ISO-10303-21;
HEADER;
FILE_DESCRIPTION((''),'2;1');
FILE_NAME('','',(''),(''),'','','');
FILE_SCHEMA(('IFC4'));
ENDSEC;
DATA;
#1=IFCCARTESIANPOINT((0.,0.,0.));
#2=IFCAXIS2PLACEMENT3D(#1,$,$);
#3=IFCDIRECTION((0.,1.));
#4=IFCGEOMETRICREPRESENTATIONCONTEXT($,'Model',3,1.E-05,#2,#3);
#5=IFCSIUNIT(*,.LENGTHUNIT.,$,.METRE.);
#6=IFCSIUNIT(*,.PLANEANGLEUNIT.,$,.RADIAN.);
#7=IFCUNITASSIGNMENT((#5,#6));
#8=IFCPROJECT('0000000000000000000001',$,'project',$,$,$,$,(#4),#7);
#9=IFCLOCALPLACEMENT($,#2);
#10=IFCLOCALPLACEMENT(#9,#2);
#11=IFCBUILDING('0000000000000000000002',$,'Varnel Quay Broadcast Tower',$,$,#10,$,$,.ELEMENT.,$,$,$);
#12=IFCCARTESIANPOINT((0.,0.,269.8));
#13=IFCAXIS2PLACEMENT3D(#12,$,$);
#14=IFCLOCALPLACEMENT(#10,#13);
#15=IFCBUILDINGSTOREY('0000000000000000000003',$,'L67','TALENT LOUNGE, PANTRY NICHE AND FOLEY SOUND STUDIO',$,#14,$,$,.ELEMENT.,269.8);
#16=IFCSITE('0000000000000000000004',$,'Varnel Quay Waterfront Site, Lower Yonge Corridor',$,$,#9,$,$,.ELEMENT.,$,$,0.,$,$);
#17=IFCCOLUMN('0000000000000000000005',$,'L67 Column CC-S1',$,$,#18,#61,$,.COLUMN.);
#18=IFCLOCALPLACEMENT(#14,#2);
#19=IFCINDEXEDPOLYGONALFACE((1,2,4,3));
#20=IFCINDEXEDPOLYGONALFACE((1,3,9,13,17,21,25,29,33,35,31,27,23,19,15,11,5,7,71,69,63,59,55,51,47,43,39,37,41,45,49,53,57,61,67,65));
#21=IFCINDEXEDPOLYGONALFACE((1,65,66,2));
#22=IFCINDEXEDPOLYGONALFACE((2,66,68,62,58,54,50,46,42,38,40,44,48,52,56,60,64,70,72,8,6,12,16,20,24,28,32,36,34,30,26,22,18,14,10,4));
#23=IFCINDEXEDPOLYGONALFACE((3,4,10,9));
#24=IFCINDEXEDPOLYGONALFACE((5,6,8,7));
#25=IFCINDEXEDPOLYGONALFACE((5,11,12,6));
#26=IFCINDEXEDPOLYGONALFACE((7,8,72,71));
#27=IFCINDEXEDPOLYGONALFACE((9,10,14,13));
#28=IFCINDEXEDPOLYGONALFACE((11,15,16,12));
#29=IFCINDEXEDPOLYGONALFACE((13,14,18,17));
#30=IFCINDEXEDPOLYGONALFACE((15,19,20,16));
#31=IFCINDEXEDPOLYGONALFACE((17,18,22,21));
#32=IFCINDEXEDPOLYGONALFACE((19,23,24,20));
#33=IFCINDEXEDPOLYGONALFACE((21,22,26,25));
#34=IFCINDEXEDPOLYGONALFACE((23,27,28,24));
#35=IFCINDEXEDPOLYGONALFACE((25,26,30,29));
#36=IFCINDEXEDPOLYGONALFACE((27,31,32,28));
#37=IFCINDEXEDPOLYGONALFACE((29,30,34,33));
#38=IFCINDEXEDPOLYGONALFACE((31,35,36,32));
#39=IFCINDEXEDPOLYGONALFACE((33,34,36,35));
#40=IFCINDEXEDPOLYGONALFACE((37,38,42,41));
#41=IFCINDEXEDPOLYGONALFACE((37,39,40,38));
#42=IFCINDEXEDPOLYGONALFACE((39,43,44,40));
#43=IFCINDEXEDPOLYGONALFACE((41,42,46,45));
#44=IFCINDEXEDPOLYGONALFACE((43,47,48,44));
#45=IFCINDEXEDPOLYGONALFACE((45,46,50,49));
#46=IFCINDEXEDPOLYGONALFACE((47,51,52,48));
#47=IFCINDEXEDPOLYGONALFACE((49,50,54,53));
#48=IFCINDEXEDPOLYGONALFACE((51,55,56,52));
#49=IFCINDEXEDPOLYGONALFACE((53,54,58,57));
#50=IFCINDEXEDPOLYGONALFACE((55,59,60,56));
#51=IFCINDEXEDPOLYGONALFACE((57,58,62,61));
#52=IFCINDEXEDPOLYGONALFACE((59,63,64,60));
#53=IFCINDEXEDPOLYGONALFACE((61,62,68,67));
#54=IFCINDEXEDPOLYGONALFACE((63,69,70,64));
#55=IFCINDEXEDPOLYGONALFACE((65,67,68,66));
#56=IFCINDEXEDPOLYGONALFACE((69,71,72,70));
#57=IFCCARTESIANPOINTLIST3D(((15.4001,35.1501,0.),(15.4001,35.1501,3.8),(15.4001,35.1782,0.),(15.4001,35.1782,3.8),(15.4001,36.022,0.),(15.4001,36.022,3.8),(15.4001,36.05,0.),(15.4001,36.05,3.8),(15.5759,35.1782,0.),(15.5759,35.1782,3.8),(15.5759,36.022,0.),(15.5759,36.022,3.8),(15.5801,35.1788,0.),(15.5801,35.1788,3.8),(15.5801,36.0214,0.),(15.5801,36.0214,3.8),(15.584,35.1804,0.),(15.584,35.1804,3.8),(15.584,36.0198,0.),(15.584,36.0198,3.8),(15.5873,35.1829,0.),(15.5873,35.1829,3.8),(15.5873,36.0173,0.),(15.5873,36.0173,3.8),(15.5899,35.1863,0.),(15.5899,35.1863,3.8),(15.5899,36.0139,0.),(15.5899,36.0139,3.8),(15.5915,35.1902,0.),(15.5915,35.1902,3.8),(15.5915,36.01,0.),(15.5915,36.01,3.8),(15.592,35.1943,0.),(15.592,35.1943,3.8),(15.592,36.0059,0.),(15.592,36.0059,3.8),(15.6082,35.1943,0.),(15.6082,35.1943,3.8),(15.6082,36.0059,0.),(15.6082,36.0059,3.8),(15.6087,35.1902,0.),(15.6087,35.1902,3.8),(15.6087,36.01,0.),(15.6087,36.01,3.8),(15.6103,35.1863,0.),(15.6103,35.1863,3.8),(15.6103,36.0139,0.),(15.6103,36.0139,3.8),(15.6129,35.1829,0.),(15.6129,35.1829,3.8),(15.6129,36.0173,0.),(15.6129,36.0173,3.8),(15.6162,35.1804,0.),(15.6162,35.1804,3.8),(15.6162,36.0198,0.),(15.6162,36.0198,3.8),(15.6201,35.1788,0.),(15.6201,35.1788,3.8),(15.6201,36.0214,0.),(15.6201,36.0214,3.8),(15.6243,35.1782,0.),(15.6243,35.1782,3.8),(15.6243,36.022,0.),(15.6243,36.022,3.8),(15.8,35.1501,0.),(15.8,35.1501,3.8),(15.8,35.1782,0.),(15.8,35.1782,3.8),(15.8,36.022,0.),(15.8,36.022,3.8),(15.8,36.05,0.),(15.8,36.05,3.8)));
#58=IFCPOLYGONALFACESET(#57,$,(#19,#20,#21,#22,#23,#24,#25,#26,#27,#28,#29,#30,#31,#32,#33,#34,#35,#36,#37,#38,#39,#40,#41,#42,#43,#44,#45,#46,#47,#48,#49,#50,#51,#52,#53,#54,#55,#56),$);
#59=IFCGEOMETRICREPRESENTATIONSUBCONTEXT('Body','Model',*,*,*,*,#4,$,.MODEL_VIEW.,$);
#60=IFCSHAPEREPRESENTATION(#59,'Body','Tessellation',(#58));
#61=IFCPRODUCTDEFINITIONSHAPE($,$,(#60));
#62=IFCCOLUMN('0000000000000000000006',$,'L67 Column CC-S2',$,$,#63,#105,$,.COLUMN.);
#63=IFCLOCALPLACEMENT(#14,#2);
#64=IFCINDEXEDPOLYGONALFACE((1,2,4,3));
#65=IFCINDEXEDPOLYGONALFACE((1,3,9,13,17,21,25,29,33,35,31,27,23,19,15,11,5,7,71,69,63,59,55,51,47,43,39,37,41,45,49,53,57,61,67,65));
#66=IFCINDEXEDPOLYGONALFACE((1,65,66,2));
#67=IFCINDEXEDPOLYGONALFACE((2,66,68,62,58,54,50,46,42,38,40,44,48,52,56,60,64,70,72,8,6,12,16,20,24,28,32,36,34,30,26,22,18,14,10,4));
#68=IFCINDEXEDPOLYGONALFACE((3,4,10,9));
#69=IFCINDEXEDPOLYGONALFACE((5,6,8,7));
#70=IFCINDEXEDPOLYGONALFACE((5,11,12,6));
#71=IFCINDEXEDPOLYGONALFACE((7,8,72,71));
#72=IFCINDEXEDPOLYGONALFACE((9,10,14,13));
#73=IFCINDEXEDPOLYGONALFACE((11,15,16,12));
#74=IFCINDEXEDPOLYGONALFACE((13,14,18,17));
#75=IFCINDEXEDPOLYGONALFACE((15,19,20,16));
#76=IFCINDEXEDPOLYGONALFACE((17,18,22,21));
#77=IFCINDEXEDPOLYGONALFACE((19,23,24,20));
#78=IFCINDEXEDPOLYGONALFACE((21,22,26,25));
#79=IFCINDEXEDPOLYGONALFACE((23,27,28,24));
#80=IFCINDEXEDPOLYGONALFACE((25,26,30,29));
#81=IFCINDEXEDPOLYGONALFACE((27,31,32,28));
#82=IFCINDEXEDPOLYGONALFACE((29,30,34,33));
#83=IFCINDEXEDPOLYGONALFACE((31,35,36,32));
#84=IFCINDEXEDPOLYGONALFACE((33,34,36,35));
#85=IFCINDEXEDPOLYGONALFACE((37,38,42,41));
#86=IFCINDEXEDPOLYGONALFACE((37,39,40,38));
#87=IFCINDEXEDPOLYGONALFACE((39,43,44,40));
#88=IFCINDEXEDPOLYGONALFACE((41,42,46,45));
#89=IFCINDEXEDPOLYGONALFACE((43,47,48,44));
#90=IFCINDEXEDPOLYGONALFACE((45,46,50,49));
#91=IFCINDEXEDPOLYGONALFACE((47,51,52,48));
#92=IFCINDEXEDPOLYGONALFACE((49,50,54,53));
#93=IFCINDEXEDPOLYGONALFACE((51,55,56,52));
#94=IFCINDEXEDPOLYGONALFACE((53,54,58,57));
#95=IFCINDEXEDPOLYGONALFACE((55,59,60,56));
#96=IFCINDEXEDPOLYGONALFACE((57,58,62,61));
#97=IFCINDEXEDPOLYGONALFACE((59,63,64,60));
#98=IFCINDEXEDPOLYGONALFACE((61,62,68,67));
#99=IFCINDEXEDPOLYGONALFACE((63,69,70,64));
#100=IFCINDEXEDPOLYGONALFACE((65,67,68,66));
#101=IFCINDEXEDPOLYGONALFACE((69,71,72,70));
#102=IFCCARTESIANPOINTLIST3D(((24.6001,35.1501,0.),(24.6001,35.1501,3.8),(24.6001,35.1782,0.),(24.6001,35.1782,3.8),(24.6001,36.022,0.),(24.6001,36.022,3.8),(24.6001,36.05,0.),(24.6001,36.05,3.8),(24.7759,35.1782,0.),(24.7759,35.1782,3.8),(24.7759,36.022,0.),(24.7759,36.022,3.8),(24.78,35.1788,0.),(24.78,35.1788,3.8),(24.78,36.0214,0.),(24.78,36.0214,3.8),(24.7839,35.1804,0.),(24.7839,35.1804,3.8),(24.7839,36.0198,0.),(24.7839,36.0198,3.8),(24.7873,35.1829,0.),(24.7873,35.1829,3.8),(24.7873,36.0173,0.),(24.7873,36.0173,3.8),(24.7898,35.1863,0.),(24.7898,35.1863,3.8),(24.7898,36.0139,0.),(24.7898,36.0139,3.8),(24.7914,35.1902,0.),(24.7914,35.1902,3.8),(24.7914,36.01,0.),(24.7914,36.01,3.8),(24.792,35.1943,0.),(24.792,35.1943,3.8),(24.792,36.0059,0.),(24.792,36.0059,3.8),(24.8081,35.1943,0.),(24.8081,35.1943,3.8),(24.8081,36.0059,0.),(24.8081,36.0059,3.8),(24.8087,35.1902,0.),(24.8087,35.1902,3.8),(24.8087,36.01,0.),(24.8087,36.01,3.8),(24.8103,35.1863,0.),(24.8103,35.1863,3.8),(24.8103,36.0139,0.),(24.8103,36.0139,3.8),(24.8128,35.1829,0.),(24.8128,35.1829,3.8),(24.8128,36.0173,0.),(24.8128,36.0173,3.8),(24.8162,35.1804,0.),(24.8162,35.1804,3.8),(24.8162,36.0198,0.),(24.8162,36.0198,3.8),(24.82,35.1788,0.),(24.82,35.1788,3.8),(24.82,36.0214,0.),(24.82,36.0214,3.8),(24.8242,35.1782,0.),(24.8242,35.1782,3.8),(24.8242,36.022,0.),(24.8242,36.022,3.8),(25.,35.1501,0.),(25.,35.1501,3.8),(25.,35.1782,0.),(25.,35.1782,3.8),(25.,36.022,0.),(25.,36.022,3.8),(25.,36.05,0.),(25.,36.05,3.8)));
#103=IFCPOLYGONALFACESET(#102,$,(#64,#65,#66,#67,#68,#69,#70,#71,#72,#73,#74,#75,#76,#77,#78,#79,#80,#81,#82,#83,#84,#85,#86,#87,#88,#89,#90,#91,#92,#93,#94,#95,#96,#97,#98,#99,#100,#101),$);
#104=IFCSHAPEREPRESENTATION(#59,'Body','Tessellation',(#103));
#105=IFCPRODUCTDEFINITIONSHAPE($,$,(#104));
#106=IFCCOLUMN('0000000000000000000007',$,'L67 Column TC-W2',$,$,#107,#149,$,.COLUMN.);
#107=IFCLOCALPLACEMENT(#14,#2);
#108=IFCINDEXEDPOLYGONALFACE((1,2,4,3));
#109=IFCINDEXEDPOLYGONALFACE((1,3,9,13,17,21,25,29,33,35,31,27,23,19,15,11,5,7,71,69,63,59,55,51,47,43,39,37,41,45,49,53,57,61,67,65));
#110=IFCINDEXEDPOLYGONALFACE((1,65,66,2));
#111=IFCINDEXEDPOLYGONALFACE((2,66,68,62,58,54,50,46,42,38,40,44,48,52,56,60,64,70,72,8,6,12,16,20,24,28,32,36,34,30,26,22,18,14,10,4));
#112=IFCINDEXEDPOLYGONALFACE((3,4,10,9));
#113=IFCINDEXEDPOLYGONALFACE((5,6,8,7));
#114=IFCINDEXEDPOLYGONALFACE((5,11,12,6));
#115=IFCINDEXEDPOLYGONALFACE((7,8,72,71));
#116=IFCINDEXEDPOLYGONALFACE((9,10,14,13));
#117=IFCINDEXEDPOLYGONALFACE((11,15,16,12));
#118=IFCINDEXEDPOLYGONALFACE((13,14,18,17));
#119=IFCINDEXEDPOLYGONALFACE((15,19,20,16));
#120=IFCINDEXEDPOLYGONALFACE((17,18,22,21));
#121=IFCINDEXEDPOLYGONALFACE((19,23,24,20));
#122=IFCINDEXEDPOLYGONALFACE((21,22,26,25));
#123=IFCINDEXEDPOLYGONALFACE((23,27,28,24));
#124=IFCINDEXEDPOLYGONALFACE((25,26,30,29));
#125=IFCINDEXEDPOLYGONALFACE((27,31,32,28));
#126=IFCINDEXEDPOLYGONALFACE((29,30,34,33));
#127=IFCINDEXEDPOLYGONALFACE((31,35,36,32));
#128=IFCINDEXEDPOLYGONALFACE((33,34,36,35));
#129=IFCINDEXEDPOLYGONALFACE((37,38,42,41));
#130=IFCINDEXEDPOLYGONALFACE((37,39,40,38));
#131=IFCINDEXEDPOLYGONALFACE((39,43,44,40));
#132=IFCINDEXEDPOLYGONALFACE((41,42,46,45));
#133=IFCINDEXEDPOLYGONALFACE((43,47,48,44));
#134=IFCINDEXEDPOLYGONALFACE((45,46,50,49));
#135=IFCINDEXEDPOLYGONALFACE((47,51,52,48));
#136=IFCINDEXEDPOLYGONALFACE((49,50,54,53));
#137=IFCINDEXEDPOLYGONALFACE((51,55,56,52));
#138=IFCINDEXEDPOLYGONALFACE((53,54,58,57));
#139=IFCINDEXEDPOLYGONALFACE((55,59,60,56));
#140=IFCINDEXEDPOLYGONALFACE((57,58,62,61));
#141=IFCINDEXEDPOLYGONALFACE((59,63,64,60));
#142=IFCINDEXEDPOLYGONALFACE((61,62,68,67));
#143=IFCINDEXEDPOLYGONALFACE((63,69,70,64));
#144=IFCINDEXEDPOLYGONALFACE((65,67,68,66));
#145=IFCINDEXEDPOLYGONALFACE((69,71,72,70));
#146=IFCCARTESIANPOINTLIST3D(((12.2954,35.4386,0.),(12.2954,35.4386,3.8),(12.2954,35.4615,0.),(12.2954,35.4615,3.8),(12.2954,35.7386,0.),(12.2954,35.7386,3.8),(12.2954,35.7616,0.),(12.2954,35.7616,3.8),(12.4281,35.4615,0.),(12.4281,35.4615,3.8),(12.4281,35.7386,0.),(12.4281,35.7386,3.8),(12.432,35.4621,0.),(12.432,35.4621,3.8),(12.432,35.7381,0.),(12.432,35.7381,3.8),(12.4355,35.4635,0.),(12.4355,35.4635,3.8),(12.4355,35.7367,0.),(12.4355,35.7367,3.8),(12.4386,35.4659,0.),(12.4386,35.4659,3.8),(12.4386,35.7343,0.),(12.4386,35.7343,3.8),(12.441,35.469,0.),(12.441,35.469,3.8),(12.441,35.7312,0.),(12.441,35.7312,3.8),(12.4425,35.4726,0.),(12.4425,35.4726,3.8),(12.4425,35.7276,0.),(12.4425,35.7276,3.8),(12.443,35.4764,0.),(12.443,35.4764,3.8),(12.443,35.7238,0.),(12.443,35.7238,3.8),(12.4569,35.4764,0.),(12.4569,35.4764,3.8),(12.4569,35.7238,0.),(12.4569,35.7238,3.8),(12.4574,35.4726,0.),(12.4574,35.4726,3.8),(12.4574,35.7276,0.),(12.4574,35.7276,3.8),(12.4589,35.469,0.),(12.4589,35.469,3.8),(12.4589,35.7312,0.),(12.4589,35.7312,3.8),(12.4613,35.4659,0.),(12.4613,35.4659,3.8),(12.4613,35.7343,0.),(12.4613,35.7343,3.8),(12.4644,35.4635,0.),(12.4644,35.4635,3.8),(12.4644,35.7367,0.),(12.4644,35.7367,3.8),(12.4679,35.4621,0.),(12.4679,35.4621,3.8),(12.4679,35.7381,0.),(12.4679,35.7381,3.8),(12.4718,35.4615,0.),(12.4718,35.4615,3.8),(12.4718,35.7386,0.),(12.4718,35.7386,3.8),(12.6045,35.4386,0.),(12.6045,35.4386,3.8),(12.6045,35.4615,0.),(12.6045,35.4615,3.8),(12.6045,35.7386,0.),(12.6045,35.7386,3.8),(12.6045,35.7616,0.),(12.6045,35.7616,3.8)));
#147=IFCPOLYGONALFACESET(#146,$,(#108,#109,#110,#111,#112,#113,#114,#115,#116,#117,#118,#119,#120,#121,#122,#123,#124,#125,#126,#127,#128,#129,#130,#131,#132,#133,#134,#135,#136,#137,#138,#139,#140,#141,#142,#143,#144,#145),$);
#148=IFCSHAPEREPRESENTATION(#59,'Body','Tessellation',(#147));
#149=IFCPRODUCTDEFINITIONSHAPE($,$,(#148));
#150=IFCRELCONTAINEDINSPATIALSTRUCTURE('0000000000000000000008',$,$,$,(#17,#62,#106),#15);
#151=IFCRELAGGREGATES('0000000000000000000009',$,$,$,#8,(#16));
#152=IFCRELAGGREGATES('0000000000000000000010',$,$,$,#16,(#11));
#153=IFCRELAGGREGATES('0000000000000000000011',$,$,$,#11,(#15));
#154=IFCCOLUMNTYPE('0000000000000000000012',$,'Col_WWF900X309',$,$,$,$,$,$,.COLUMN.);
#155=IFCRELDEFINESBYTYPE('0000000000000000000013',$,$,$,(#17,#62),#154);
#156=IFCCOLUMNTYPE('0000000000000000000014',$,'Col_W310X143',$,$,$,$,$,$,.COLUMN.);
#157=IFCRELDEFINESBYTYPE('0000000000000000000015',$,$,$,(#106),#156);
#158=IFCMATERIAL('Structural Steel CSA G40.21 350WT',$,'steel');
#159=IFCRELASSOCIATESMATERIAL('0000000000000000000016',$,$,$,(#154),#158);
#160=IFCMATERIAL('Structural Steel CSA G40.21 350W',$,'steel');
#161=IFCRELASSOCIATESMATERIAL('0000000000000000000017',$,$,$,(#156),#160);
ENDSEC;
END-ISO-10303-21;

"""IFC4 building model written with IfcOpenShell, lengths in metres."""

from ifc_helpers import new_model, si_unit, direction, frame, origin, origin_2d, place, context, subcontext, project, spatial, i_section, extrude, source, transform, mapped, material, material_profile, profile_set, type_object, type_shapes, element, save


model = new_model("IFC4")

# Units and contexts
model_context = context("Model", 3, precision=1e-05, world=origin(), true_north=direction((0.0, 1.0)))
body_context = subcontext(model_context, "Body", "Model", "MODEL_VIEW")
ifc_project = project(units=[si_unit("LENGTHUNIT", "METRE"), si_unit("PLANEANGLEUNIT", "RADIAN")], contexts=[model_context])

# Site, building, storey
site_placement = place(None, origin())
site = spatial("IfcSite", under=ifc_project, at=site_placement, Name="Varnel Quay Waterfront Site, Lower Yonge Corridor", CompositionType="ELEMENT", RefElevation=0.0)
building_placement = place(site_placement, origin())
building = spatial("IfcBuilding", under=site, at=building_placement, Name="Varnel Quay Broadcast Tower", CompositionType="ELEMENT")
storey_placement = place(building_placement, frame((0.0, 0.0, 269.8)))
storey = spatial("IfcBuildingStorey", under=building, at=storey_placement, Name="L67", Description="TALENT LOUNGE, PANTRY NICHE AND FOLEY SOUND STUDIO", CompositionType="ELEMENT", Elevation=269.8)

# Columns
ifc_material_1 = material(Name="Structural Steel CSA G40.21 350WT", Category="steel")
ifc_material_profile_1 = material_profile(ifc_material_1, i_section(OverallWidth=0.3999, OverallDepth=0.8999, WebThickness=0.0161, FlangeThickness=0.0281, FilletRadius=0.0161, at=origin_2d()), Name="WWF900X309")
ifc_profile_set_1 = profile_set([ifc_material_profile_1], Name="Structural Steel CSA G40.21 350WT")
column_type_1 = type_object("IfcColumnType", Name="Col_WWF900X309", PredefinedType="COLUMN", material=ifc_profile_set_1)
shared_shape_1 = source(origin(), body_context, "Body", "SweptSolid", [
    extrude(i_section(OverallWidth=0.3999, OverallDepth=0.8999, WebThickness=0.0161, FlangeThickness=0.0281, FilletRadius=0.0161, at=origin_2d()), origin(), (0.0, 0.0, 1.0), 3.8),
])
type_shapes(column_type_1, [shared_shape_1])
for number, where, z_axis, x_axis, name in (
    (1, (15.6001, 35.6001, 0.0), (0.0, 0.0, 1.0), (1.0, 0.0, 0.0), "L67 Column CC-S1"),
    (2, (24.8, 35.6001, 0.0), (0.0, 0.0, 1.0), (1.0, 0.0, 0.0), "L67 Column CC-S2"),
):
    element("IfcColumn", number, at=place(storey_placement, frame(where, z_axis=z_axis, x_axis=x_axis)), inside=storey, type_object=column_type_1, Name=name, PredefinedType="COLUMN", context=body_context, shape_type="MappedRepresentation", body=[
        mapped(shared_shape_1, transform((0.0, 0.0, 0.0), x_axis=(1.0, 0.0, 0.0), y_axis=(0.0, 1.0, 0.0), z_axis=(0.0, 0.0, 1.0), scale=1.0)),
    ])
ifc_material_2 = material(Name="Structural Steel CSA G40.21 350W", Category="steel")
ifc_material_profile_2 = material_profile(ifc_material_2, i_section(OverallWidth=0.3091, OverallDepth=0.323, WebThickness=0.0139, FlangeThickness=0.0229, FilletRadius=0.0149, at=origin_2d()), Name="W310X143")
ifc_profile_set_2 = profile_set([ifc_material_profile_2], Name="Structural Steel CSA G40.21 350W")
column_type_2 = type_object("IfcColumnType", Name="Col_W310X143", PredefinedType="COLUMN", material=ifc_profile_set_2)
shared_shape_2 = source(origin(), body_context, "Body", "SweptSolid", [
    extrude(i_section(OverallWidth=0.3091, OverallDepth=0.323, WebThickness=0.0139, FlangeThickness=0.0229, FilletRadius=0.0149, at=origin_2d()), origin(), (0.0, 0.0, 1.0), 3.8),
])
type_shapes(column_type_2, [shared_shape_2])
column_1_placement = place(storey_placement, frame((12.45, 35.6001, 0.0), z_axis=(0.0, 0.0, 1.0), x_axis=(1.0, 0.0, 0.0)))
element("IfcColumn", 3, at=column_1_placement, inside=storey, type_object=column_type_2, Name="L67 Column TC-W2", PredefinedType="COLUMN", context=body_context, shape_type="MappedRepresentation", body=[
    mapped(shared_shape_2, transform((0.0, 0.0, 0.0), x_axis=(1.0, 0.0, 0.0), y_axis=(0.0, 1.0, 0.0), z_axis=(0.0, 0.0, 1.0), scale=1.0)),
])

save(model, "model.ifc")
